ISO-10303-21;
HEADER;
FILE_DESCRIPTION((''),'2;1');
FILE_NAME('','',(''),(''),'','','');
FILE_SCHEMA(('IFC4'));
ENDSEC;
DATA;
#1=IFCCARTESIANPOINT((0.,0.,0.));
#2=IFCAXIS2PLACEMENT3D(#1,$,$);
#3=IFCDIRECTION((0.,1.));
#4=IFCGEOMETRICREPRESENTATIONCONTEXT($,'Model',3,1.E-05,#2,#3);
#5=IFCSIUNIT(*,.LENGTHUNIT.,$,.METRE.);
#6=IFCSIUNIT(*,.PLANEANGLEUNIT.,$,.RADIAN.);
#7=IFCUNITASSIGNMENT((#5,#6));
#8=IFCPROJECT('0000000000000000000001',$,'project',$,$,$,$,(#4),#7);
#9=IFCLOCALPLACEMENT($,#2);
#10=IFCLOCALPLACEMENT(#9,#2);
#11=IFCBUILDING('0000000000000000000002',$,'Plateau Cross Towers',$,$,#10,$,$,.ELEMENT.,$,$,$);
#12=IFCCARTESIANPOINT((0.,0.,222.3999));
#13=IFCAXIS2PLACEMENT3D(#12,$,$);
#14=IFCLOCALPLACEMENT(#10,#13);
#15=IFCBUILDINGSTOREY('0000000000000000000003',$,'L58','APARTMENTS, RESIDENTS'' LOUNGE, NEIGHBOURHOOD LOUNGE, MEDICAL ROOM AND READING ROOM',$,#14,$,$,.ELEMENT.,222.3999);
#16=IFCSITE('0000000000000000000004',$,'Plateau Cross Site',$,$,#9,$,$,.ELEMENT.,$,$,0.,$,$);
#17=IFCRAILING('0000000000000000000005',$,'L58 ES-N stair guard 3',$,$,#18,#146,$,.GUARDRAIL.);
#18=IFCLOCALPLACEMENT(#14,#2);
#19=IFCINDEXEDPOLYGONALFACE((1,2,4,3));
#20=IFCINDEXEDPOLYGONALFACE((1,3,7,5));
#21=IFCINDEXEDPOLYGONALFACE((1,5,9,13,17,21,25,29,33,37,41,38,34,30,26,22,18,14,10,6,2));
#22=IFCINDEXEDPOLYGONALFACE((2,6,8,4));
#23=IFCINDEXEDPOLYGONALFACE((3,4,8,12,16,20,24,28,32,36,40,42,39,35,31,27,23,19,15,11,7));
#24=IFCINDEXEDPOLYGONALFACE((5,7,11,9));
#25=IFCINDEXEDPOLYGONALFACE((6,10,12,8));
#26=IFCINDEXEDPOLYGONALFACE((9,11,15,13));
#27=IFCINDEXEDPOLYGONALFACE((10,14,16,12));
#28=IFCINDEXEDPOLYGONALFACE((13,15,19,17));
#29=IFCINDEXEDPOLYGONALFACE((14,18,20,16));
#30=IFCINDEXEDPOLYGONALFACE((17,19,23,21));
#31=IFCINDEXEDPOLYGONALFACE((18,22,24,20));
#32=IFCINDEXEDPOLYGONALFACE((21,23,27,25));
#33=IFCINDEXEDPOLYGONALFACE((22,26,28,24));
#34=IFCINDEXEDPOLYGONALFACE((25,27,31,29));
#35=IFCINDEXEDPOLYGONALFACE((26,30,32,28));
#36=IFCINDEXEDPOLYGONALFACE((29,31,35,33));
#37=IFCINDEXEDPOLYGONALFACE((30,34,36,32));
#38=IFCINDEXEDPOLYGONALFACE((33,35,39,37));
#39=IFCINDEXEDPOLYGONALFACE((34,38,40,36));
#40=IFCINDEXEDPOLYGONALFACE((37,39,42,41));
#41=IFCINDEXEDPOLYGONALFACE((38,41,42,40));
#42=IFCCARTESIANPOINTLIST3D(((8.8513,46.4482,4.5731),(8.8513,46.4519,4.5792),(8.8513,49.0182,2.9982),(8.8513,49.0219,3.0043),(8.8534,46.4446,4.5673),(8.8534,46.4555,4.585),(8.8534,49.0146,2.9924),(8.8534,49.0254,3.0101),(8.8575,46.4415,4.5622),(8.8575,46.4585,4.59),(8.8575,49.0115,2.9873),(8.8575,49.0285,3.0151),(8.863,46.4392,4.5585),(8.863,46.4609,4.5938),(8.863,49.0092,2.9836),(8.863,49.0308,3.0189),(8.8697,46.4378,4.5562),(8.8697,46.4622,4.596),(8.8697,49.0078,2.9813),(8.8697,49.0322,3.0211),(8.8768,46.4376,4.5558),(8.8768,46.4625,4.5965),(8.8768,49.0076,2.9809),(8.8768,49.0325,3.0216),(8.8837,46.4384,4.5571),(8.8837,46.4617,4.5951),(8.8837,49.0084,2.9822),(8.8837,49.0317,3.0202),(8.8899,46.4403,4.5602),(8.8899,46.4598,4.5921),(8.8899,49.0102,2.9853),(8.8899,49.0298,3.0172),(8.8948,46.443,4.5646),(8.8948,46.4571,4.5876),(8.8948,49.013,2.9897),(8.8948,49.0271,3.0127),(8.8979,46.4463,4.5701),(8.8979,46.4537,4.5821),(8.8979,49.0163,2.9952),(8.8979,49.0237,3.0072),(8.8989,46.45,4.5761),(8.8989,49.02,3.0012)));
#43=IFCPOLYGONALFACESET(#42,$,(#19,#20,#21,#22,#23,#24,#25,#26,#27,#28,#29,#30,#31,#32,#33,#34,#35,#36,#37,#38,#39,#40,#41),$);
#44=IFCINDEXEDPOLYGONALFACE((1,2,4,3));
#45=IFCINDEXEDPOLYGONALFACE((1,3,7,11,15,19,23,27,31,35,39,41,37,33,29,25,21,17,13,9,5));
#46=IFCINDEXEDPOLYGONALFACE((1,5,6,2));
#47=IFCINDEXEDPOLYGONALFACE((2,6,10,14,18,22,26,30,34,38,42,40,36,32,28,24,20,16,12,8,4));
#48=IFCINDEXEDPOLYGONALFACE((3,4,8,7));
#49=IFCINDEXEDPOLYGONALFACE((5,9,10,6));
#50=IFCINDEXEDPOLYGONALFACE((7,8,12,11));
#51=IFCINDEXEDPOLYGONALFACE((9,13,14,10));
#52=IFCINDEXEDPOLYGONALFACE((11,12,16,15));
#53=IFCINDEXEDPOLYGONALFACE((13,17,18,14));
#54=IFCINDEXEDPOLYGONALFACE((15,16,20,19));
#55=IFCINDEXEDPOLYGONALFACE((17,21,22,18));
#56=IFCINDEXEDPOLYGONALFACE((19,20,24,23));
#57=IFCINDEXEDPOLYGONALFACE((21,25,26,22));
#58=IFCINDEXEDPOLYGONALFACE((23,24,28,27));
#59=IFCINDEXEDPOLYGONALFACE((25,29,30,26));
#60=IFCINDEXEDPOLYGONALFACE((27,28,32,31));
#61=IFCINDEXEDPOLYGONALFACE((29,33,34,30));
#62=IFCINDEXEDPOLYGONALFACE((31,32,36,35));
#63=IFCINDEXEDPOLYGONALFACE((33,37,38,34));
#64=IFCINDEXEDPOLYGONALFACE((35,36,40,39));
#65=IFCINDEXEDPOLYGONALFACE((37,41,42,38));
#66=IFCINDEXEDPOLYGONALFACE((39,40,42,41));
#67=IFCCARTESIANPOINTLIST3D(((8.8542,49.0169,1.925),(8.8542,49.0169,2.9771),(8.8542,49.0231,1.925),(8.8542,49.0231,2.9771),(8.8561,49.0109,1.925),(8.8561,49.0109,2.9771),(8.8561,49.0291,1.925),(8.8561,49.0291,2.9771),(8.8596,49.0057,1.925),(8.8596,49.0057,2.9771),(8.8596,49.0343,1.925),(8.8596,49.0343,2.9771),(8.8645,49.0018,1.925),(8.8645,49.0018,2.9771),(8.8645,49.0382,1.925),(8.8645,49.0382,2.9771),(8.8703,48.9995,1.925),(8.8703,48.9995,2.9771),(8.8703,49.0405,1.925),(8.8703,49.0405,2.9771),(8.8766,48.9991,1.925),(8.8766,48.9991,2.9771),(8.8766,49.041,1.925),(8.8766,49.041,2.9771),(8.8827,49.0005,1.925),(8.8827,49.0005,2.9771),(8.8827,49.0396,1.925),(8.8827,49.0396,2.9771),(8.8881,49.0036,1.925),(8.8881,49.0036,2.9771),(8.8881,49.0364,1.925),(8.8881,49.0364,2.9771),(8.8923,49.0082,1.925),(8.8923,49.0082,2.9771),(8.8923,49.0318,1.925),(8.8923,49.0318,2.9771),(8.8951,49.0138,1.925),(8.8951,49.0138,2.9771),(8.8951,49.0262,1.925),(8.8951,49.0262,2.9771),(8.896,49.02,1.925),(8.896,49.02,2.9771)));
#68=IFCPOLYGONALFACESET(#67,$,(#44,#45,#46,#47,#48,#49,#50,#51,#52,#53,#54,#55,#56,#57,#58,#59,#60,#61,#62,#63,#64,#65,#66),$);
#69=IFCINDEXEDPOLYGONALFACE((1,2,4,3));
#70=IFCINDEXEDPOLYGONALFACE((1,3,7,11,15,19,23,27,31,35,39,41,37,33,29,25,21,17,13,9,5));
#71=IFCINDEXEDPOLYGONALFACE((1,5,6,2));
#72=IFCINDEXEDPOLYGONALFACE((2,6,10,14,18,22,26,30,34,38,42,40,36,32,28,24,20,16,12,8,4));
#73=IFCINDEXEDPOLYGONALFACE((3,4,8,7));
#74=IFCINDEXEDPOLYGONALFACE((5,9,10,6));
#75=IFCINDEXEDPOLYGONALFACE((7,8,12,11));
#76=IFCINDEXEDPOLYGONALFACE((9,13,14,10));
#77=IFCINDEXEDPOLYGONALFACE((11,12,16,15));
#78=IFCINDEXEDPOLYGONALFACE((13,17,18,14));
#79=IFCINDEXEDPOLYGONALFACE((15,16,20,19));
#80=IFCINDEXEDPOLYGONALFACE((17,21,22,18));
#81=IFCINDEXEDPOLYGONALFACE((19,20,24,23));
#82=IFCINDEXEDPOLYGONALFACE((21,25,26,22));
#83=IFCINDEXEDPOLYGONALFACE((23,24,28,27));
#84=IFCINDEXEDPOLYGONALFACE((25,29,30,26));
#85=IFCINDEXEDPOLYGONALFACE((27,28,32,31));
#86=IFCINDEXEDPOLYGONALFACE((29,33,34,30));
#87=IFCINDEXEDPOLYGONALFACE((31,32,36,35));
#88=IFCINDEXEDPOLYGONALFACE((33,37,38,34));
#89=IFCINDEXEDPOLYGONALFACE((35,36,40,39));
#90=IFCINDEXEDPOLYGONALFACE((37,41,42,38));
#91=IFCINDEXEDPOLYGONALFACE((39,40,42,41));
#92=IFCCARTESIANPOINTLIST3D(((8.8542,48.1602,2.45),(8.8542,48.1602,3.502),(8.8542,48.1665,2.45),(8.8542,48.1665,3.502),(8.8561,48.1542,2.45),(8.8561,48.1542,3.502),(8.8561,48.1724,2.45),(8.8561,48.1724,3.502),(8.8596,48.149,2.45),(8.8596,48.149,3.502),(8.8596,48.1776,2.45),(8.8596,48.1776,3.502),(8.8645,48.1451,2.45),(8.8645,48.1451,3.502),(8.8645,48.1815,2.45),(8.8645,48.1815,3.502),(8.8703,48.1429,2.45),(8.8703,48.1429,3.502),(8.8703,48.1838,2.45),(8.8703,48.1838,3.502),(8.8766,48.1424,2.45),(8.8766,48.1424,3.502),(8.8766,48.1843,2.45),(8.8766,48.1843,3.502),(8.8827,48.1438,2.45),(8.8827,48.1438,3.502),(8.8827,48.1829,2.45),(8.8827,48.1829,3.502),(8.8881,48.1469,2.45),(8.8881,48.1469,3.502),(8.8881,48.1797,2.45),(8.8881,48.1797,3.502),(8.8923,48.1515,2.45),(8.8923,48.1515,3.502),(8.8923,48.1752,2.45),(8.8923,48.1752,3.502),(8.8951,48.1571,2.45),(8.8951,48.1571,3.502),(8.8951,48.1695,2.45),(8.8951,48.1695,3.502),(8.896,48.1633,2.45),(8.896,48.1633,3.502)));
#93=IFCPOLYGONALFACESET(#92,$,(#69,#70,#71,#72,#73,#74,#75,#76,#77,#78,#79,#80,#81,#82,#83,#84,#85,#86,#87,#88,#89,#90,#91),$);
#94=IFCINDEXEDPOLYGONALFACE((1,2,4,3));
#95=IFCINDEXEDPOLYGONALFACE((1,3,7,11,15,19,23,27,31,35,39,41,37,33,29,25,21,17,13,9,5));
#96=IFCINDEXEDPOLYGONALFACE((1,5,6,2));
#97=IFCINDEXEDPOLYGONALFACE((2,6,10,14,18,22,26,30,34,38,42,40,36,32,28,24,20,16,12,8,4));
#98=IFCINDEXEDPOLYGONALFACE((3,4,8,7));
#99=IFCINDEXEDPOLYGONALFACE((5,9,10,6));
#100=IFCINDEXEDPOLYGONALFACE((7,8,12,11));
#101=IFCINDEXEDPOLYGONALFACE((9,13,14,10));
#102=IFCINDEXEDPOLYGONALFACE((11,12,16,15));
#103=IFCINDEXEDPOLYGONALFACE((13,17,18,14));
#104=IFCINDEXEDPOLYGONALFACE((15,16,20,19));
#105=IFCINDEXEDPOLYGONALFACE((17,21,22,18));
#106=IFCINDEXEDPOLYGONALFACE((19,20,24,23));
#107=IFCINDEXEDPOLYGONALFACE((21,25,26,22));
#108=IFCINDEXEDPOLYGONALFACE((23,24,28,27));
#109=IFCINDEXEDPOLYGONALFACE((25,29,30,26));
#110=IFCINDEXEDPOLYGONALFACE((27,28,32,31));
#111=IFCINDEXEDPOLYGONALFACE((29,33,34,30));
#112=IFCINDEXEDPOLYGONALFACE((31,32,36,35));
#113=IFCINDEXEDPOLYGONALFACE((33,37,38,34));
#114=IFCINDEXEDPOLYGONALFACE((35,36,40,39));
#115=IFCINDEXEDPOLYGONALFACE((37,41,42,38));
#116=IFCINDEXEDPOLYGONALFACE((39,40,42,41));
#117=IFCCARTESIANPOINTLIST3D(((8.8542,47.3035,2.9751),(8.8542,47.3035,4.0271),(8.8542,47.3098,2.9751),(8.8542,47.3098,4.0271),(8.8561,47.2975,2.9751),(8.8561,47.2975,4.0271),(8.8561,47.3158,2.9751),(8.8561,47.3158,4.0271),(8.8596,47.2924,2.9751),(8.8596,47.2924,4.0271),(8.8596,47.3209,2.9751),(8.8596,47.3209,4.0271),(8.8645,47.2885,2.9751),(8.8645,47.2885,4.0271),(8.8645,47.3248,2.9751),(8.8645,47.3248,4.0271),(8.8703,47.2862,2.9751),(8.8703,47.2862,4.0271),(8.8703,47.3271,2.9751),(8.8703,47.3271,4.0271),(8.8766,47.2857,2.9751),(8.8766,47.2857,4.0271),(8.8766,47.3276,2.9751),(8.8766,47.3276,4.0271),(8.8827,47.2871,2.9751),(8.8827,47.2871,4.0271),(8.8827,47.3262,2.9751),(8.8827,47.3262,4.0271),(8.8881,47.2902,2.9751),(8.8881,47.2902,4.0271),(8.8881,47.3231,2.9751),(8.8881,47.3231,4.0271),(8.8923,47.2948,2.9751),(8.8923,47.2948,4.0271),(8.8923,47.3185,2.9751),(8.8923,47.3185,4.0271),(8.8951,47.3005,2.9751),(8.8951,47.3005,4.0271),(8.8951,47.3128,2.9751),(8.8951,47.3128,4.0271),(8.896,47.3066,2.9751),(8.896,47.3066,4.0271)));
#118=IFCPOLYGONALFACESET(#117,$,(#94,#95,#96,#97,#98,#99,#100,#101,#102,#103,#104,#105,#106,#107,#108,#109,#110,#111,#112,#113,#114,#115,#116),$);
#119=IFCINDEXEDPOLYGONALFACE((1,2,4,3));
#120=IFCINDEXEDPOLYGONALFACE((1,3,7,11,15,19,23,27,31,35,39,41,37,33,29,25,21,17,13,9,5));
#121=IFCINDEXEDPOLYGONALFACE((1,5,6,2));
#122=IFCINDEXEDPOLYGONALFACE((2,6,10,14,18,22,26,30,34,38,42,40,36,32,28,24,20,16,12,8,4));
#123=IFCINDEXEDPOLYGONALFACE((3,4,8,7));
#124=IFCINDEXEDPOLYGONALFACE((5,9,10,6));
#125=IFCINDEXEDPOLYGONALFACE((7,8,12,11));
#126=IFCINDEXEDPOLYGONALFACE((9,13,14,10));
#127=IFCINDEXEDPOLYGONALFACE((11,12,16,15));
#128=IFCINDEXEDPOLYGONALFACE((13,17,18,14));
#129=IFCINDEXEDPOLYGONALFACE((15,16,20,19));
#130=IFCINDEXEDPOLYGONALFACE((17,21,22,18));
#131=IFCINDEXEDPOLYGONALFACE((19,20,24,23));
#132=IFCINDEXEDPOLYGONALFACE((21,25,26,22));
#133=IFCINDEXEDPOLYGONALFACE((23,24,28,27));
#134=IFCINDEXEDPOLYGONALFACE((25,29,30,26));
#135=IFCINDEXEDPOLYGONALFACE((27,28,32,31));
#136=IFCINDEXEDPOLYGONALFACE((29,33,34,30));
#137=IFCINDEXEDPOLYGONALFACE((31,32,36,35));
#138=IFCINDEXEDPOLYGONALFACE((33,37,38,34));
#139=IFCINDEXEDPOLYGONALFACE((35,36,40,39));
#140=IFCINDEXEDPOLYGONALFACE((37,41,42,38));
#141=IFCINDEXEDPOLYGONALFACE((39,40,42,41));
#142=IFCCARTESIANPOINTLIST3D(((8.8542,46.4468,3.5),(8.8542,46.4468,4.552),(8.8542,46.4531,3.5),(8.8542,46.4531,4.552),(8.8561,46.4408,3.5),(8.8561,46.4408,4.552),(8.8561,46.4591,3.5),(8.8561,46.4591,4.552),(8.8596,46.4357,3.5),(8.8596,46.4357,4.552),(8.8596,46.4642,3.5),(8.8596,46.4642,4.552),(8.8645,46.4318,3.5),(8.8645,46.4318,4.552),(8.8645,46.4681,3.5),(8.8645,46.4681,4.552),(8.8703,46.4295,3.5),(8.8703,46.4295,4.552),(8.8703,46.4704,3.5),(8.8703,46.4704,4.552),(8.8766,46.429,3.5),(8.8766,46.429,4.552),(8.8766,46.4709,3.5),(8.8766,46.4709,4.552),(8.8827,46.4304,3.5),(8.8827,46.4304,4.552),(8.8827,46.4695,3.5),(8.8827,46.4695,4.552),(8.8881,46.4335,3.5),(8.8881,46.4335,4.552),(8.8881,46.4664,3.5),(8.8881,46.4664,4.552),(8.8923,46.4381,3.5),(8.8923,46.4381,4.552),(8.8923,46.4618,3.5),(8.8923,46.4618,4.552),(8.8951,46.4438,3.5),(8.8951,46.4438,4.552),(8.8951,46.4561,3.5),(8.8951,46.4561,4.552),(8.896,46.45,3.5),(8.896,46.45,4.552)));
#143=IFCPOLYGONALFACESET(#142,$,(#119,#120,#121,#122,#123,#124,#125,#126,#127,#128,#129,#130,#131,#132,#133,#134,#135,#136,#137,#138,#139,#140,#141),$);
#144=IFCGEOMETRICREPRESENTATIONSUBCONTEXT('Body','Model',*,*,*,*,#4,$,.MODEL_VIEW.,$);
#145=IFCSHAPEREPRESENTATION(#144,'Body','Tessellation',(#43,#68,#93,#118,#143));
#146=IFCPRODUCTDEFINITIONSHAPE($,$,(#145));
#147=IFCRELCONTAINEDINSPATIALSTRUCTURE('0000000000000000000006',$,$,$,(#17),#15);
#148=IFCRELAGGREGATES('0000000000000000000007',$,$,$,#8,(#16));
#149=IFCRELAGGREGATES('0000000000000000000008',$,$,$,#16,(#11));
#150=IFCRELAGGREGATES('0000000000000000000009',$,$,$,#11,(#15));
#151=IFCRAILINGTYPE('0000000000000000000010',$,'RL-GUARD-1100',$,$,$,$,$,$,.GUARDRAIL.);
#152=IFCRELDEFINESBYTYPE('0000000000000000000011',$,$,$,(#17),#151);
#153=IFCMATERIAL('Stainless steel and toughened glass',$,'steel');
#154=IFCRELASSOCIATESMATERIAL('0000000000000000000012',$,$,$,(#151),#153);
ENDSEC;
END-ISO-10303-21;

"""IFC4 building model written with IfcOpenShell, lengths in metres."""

from ifc_helpers import new_model, si_unit, direction, frame, origin, origin_2d, place, context, subcontext, project, spatial, circle, extrude, material, type_object, element, save


model = new_model("IFC4")

# Units and contexts
model_context = context("Model", 3, precision=1e-05, world=origin(), true_north=direction((0.0, 1.0)))
body_context = subcontext(model_context, "Body", "Model", "MODEL_VIEW")
ifc_project = project(units=[si_unit("LENGTHUNIT", "METRE"), si_unit("PLANEANGLEUNIT", "RADIAN")], contexts=[model_context])

# Site, building, storey
site_placement = place(None, origin())
site = spatial("IfcSite", under=ifc_project, at=site_placement, Name="Plateau Cross Site", CompositionType="ELEMENT", RefElevation=0.0)
building_placement = place(site_placement, origin())
building = spatial("IfcBuilding", under=site, at=building_placement, Name="Plateau Cross Towers", CompositionType="ELEMENT")
storey_placement = place(building_placement, frame((0.0, 0.0, 222.3999)))
storey = spatial("IfcBuildingStorey", under=building, at=storey_placement, Name="L58", Description="APARTMENTS, RESIDENTS' LOUNGE, NEIGHBOURHOOD LOUNGE, MEDICAL ROOM AND READING ROOM", CompositionType="ELEMENT", Elevation=222.3999)

# Railing
ifc_material_1 = material(Name="Stainless steel and toughened glass", Category="steel")
railing_type_1 = type_object("IfcRailingType", Name="RL-GUARD-1100", PredefinedType="GUARDRAIL", material=ifc_material_1)
railing_1_placement = place(storey_placement, frame((8.875, 49.02, 1.925)))
element("IfcRailing", 1, at=railing_1_placement, inside=storey, type_object=railing_type_1, Name="L58 ES-N stair guard 3", PredefinedType="GUARDRAIL", context=body_context, shape_type="SweptSolid", body=[
    extrude(circle(Radius=0.0239, at=origin_2d()), frame((0.0, 0.0, 1.0762), z_axis=(0.0, -0.852639, 0.522501), x_axis=(1.0, 0.0, 0.0)), (0.0, 0.0, 1.0), 3.0142),
    extrude(circle(Radius=0.021, at=origin_2d()), origin(), (0.0, 0.0, 1.0), 1.052),
    extrude(circle(Radius=0.021, at=origin_2d()), frame((0.0, -0.8567, 0.5249)), (0.0, 0.0, 1.0), 1.052),
    extrude(circle(Radius=0.021, at=origin_2d()), frame((0.0, -1.7134, 1.05)), (0.0, 0.0, 1.0), 1.052),
    extrude(circle(Radius=0.021, at=origin_2d()), frame((0.0, -2.5701, 1.575)), (0.0, 0.0, 1.0), 1.052),
])

save(model, "model.ifc")
